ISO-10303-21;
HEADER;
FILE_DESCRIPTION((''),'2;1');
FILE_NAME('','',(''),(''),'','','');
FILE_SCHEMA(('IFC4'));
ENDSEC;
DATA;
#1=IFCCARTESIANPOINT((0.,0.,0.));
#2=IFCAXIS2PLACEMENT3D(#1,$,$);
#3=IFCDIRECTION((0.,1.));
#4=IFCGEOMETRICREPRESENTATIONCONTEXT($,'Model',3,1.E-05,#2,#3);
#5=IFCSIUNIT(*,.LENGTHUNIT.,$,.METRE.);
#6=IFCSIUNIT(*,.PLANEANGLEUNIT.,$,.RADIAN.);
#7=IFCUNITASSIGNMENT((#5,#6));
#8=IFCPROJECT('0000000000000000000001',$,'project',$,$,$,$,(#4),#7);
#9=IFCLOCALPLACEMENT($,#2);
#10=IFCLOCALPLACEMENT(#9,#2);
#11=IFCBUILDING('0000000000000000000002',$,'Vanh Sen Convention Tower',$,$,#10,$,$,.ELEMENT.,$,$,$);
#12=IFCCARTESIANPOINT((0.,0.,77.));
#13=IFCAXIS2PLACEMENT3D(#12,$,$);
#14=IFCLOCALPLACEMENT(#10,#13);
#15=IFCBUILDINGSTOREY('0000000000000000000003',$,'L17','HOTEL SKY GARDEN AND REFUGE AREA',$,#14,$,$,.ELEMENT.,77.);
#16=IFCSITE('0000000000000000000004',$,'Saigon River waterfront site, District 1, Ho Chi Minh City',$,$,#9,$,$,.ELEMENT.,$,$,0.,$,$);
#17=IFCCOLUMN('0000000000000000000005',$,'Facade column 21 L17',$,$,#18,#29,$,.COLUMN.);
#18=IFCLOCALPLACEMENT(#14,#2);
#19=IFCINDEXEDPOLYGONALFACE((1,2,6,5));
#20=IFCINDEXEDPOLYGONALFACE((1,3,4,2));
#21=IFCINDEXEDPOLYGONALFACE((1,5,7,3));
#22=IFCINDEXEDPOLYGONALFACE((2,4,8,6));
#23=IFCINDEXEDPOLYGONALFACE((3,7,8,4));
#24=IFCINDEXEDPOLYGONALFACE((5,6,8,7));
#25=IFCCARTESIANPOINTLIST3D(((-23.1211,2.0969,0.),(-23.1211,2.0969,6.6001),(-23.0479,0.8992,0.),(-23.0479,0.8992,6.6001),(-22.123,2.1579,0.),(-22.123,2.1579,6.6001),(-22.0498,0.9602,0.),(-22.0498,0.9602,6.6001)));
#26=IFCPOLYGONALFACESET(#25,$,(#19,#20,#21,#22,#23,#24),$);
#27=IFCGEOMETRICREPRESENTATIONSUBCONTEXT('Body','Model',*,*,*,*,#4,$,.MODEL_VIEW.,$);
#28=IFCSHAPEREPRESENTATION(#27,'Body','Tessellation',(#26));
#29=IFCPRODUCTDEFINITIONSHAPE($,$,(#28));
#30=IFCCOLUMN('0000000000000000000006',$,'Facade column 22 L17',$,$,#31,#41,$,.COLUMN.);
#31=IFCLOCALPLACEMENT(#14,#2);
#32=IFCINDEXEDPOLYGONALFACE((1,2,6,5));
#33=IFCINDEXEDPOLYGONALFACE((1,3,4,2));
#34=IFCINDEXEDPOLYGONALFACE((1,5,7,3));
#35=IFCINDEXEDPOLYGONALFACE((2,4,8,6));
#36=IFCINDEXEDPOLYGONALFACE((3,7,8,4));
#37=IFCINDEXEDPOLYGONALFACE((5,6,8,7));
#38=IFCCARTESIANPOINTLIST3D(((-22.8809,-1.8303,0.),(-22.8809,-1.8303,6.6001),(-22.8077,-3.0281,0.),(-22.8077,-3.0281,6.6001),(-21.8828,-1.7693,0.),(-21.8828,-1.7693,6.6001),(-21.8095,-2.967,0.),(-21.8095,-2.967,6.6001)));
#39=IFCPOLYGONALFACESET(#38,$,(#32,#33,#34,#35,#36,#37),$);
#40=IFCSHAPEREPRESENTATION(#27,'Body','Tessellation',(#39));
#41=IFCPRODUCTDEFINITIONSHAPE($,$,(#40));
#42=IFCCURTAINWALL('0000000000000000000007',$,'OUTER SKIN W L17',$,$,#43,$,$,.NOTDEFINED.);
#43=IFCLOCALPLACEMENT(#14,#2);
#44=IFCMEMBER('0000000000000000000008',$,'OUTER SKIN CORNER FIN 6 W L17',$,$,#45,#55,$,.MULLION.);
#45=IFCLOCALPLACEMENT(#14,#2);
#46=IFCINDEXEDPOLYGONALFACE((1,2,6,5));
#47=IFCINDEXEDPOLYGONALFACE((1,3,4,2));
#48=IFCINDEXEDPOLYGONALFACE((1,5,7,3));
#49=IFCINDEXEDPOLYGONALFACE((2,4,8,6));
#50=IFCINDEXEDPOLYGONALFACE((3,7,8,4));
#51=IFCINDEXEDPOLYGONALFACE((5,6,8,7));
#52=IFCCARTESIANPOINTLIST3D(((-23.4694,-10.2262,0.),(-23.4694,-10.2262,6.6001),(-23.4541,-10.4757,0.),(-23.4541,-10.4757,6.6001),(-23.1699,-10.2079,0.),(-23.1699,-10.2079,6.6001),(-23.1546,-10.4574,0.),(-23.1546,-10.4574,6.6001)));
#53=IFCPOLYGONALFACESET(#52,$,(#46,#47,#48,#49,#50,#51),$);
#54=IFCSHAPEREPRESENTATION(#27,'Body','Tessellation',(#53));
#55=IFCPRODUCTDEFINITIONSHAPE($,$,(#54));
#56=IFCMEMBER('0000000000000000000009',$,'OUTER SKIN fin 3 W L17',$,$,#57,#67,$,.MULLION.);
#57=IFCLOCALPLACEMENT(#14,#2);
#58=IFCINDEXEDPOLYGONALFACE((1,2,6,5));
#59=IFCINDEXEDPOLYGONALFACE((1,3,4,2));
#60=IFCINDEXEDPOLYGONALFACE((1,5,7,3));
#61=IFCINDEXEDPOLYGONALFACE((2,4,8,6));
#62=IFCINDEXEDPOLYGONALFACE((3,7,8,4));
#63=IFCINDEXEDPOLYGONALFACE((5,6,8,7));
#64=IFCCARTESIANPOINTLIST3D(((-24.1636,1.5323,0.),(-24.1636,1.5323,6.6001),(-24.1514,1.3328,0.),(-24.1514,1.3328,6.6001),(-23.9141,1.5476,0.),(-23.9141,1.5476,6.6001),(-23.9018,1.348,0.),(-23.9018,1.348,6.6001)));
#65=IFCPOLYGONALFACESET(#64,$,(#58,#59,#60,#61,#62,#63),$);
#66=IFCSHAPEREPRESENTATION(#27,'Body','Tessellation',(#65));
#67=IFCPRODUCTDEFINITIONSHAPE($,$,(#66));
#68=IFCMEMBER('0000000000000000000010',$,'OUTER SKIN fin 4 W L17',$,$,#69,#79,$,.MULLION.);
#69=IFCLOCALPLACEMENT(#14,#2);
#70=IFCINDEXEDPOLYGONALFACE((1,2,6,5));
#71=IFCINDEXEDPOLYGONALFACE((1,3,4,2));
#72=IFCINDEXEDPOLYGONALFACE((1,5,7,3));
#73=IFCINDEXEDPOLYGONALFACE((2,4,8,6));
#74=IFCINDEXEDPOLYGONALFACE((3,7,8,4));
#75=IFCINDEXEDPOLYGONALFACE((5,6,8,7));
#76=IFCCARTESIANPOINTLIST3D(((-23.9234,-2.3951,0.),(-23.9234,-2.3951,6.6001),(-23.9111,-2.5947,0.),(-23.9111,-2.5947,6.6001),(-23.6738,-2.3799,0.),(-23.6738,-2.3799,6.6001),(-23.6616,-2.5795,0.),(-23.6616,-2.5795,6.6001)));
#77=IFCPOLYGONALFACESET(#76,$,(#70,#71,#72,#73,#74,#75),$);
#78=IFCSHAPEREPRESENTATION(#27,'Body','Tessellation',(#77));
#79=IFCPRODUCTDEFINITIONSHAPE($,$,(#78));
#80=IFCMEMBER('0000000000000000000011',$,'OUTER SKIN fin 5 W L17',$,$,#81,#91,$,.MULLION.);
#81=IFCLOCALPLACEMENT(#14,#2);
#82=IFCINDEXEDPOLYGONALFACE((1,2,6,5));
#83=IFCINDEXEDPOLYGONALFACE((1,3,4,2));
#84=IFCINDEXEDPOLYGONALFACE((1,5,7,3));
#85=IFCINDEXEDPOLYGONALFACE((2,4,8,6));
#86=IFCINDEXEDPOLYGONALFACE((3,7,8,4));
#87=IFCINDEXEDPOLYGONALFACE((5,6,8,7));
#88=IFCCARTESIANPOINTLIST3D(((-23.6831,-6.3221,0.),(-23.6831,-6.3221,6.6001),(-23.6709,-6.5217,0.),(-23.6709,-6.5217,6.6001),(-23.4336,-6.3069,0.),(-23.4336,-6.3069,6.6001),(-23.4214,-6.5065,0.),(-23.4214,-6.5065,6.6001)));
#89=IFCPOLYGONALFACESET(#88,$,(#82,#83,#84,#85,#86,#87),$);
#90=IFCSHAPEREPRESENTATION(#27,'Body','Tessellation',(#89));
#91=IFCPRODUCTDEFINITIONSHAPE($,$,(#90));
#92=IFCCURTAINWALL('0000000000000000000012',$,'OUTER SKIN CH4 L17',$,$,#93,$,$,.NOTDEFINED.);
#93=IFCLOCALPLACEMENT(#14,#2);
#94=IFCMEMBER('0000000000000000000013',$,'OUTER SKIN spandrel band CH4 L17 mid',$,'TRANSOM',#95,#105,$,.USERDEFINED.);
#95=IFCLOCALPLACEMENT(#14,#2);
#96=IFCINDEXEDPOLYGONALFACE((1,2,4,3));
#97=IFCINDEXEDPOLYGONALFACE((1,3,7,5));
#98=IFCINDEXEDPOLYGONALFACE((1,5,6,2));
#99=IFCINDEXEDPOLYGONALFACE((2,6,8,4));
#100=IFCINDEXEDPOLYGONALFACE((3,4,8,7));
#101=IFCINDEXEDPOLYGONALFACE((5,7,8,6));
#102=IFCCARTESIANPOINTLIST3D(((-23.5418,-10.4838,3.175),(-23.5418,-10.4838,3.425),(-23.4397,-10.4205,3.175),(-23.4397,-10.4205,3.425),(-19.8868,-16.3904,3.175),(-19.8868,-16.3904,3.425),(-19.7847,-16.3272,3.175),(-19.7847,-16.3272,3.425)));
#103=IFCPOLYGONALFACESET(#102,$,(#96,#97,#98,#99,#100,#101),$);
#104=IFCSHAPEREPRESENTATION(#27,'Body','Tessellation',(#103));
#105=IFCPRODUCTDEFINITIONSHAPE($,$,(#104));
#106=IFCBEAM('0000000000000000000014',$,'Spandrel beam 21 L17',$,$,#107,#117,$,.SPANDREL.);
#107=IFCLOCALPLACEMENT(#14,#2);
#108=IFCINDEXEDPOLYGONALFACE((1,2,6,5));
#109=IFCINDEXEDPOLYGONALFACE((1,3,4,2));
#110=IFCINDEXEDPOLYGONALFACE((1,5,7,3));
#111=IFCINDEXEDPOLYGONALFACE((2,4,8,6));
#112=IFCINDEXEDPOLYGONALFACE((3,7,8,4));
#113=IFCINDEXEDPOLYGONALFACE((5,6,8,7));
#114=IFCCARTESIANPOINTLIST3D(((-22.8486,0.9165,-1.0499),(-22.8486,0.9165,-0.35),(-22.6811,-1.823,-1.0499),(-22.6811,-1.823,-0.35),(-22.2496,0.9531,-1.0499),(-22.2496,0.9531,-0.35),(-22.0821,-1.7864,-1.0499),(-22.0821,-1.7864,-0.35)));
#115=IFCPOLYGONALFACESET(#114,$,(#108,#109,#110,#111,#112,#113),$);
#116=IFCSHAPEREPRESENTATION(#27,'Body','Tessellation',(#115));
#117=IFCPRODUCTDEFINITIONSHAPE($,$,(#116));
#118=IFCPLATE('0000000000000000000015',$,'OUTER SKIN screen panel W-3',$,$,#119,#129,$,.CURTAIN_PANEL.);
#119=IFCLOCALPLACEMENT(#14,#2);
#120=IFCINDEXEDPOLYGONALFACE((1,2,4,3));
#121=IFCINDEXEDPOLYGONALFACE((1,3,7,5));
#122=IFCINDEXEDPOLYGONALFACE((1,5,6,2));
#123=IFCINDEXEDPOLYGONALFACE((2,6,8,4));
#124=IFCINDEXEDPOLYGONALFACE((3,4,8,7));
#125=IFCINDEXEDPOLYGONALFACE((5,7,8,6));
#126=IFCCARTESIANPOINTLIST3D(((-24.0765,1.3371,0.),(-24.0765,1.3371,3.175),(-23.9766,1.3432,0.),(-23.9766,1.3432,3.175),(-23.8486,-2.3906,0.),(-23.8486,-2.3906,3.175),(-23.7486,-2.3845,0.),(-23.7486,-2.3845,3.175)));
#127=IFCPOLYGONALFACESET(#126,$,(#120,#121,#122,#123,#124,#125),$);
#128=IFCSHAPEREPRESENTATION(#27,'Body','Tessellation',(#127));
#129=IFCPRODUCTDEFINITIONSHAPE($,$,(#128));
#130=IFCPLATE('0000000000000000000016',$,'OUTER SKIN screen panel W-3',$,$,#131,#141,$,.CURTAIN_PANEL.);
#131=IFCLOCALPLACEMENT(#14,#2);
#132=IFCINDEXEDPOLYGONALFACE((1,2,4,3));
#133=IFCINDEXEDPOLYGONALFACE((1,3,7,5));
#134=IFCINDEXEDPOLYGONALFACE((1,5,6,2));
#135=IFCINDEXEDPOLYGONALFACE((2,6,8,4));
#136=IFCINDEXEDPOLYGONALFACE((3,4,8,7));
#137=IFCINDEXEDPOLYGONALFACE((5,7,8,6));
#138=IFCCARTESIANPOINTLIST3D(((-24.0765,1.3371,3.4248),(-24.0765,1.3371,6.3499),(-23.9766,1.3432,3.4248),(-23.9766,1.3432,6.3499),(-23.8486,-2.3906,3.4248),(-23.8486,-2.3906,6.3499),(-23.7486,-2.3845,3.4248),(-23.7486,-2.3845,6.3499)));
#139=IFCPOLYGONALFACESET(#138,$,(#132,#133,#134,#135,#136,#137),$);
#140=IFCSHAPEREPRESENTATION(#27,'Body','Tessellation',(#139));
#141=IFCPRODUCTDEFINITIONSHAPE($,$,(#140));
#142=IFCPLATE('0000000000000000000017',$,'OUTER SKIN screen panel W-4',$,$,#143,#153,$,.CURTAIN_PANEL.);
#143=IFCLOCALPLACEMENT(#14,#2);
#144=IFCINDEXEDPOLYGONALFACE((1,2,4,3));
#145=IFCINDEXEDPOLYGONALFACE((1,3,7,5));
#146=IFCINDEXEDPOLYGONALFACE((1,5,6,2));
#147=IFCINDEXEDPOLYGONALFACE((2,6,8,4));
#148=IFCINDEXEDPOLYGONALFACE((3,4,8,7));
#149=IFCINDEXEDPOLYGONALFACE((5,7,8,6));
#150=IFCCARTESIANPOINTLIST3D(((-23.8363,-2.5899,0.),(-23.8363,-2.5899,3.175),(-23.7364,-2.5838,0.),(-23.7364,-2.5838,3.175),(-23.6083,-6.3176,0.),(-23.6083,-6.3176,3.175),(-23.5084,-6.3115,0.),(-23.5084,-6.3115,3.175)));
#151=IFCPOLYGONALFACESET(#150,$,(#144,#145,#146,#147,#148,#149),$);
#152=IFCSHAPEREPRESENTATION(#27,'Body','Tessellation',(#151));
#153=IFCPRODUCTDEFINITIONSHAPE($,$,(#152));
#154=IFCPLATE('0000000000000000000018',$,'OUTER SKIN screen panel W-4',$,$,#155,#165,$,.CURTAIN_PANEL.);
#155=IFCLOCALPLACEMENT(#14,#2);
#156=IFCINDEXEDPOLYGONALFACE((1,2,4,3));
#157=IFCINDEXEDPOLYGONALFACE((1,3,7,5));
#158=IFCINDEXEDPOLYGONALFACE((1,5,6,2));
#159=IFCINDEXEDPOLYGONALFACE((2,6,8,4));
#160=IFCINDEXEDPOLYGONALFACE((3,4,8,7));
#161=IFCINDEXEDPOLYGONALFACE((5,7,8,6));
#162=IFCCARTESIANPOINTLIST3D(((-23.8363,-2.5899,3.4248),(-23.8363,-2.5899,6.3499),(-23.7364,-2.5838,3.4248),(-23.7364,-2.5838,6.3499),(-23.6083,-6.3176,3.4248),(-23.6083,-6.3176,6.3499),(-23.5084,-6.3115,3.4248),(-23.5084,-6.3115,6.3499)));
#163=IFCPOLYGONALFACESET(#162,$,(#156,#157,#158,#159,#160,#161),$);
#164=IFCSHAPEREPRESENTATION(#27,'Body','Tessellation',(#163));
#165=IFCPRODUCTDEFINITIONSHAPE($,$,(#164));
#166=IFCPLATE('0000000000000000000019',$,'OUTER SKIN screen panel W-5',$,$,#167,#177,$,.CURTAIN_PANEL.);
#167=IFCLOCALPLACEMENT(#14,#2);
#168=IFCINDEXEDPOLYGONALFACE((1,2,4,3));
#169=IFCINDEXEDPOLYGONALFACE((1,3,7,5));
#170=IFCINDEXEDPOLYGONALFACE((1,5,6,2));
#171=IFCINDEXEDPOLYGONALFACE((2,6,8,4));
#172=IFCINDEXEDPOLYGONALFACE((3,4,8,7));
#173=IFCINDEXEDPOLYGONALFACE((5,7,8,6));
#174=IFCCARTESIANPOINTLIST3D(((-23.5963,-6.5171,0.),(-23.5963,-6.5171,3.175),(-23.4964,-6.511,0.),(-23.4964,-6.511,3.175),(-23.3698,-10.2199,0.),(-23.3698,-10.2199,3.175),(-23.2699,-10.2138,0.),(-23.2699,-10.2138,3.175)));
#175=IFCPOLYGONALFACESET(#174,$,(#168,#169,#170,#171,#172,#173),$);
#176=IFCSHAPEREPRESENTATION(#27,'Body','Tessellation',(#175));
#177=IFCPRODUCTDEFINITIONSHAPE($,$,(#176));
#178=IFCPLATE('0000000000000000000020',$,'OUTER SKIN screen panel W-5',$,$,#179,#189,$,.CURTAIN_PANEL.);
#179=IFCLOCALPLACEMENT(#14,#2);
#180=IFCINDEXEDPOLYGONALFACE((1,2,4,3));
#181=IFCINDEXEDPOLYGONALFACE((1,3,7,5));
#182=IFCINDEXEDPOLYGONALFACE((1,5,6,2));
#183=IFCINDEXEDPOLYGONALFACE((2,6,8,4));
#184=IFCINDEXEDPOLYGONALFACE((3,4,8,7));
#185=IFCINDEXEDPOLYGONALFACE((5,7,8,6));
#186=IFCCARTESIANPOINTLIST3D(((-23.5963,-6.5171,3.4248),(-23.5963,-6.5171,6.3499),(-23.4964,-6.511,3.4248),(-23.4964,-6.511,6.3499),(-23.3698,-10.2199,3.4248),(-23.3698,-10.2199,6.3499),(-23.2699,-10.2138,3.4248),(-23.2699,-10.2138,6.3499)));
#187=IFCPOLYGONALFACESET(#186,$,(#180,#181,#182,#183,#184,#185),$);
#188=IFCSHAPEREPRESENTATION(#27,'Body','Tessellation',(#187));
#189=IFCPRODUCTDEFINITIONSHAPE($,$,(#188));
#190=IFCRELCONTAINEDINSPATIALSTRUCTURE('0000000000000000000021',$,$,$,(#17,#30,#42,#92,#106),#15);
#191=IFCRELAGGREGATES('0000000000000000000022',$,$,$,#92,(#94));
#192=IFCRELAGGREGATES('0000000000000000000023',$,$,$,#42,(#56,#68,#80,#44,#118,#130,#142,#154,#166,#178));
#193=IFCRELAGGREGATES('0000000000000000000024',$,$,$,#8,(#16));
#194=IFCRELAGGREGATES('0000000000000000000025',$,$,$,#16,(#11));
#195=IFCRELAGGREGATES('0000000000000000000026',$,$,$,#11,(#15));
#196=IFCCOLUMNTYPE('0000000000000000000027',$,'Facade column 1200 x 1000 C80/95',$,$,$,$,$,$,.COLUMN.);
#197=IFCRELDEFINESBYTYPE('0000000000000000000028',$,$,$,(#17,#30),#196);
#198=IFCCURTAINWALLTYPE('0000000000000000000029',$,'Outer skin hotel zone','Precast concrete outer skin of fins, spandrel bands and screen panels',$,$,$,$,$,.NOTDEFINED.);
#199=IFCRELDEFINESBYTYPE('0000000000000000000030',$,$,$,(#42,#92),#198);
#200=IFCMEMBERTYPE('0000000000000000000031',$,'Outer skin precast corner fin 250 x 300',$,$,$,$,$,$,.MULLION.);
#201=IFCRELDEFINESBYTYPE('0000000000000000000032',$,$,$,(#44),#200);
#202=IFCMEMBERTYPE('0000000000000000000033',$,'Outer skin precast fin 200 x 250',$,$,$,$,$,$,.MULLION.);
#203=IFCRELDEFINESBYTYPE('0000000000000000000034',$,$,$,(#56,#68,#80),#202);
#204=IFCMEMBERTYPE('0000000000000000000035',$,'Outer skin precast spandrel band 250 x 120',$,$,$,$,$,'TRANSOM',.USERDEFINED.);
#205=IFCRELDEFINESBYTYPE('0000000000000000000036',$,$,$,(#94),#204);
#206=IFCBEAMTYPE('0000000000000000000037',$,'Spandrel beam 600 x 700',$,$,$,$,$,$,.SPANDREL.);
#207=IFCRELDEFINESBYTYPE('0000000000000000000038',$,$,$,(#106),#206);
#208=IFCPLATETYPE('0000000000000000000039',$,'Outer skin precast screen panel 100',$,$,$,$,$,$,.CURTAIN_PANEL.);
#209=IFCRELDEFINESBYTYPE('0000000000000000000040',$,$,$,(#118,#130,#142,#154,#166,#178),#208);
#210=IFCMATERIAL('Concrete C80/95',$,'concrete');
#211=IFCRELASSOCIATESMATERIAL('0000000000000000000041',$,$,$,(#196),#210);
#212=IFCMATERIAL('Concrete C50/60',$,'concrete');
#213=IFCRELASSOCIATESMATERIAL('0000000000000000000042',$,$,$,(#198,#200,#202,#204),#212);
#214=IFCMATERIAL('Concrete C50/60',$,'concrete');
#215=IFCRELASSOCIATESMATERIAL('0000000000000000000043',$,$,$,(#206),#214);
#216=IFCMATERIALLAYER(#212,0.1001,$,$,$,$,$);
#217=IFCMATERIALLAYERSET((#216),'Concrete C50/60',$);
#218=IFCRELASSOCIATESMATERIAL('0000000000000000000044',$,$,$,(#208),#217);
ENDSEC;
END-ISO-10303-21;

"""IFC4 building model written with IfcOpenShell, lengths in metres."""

from ifc_helpers import new_model, si_unit, direction, frame, origin, origin_2d, place, context, subcontext, project, spatial, rectangle, extrude, material, layer, layer_set, material_profile, profile_set, type_object, element, aggregate, save


model = new_model("IFC4")

# Units and contexts
model_context = context("Model", 3, precision=1e-05, world=origin(), true_north=direction((0.0, 1.0)))
body_context = subcontext(model_context, "Body", "Model", "MODEL_VIEW")
ifc_project = project(units=[si_unit("LENGTHUNIT", "METRE"), si_unit("PLANEANGLEUNIT", "RADIAN")], contexts=[model_context])

# Site, building, storey
site_placement = place(None, origin())
site = spatial("IfcSite", under=ifc_project, at=site_placement, Name="Saigon River waterfront site, District 1, Ho Chi Minh City", CompositionType="ELEMENT", RefElevation=0.0)
building_placement = place(site_placement, origin())
building = spatial("IfcBuilding", under=site, at=building_placement, Name="Vanh Sen Convention Tower", CompositionType="ELEMENT")
storey_placement = place(building_placement, frame((0.0, 0.0, 77.0)))
storey = spatial("IfcBuildingStorey", under=building, at=storey_placement, Name="L17", Description="HOTEL SKY GARDEN AND REFUGE AREA", CompositionType="ELEMENT", Elevation=77.0)

# Columns
ifc_material_1 = material(Name="Concrete C80/95", Category="concrete")
ifc_material_profile_1 = material_profile(ifc_material_1, rectangle(XDim=1.2, YDim=1.0, at=origin_2d()), Name="RC 1200X1000")
ifc_profile_set_1 = profile_set([ifc_material_profile_1], Name="Concrete C80/95")
column_type = type_object("IfcColumnType", Name="Facade column 1200 x 1000 C80/95", PredefinedType="COLUMN", material=ifc_profile_set_1)
for number, where, z_axis, x_axis, name in (
    (1, (-22.5854, 1.5286, 0.0), (0.0, 0.0, 1.0), (0.061049, -0.998135, 0.0), "Facade column 21 L17"),
    (2, (-22.3452, -2.3987, 0.0), (0.0, 0.0, 1.0), (0.061049, -0.998135, 0.0), "Facade column 22 L17"),
):
    element("IfcColumn", number, at=place(storey_placement, frame(where, z_axis=z_axis, x_axis=x_axis)), inside=storey, type_object=column_type, Name=name, PredefinedType="COLUMN", context=body_context, shape_type="SweptSolid", body=[
        extrude(rectangle(XDim=1.2, YDim=1.0, at=origin_2d()), origin(), (0.0, 0.0, 1.0), 6.6001),
    ])

# Curtain wall, members
ifc_material_2 = material(Name="Concrete C50/60", Category="concrete")
curtain_wall_type = type_object("IfcCurtainWallType", Name="Outer skin hotel zone", Description="Precast concrete outer skin of fins, spandrel bands and screen panels", PredefinedType="NOTDEFINED", material=ifc_material_2)
curtain_wall_1_placement = place(storey_placement, origin())
curtain_wall_1 = element("IfcCurtainWall", 3, at=curtain_wall_1_placement, inside=storey, type_object=curtain_wall_type, Name="OUTER SKIN W L17", PredefinedType="NOTDEFINED")
ifc_material_profile_2 = material_profile(ifc_material_2, rectangle(XDim=0.25, YDim=0.3, at=origin_2d()), Name="Outer skin precast corner fin 250 x 300")
ifc_profile_set_2 = profile_set([ifc_material_profile_2], Name="Concrete C50/60")
member_type_1 = type_object("IfcMemberType", Name="Outer skin precast corner fin 250 x 300", PredefinedType="MULLION", material=ifc_profile_set_2)
member_1_placement = place(storey_placement, frame((-23.312, -10.3418, 0.0), z_axis=(0.0, 0.0, 1.0), x_axis=(0.061049, -0.998135, 0.0)))
member_1 = element("IfcMember", 4, at=member_1_placement, type_object=member_type_1, Name="OUTER SKIN CORNER FIN 6 W L17", PredefinedType="MULLION", context=body_context, shape_type="SweptSolid", body=[
    extrude(rectangle(XDim=0.25, YDim=0.3, at=origin_2d()), origin(), (0.0, 0.0, 1.0), 6.6001),
])
ifc_material_profile_3 = material_profile(ifc_material_2, rectangle(XDim=0.2, YDim=0.25, at=origin_2d()), Name="Outer skin precast fin 200 x 250")
ifc_profile_set_3 = profile_set([ifc_material_profile_3], Name="Concrete C50/60")
member_type_2 = type_object("IfcMemberType", Name="Outer skin precast fin 200 x 250", PredefinedType="MULLION", material=ifc_profile_set_3)
member_2_placement = place(storey_placement, frame((-24.0327, 1.4402, 0.0), z_axis=(0.0, 0.0, 1.0), x_axis=(0.061049, -0.998135, 0.0)))
member_2 = element("IfcMember", 5, at=member_2_placement, type_object=member_type_2, Name="OUTER SKIN fin 3 W L17", PredefinedType="MULLION", context=body_context, shape_type="SweptSolid", body=[
    extrude(rectangle(XDim=0.2, YDim=0.25, at=origin_2d()), origin(), (0.0, 0.0, 1.0), 6.6001),
])
member_3_placement = place(storey_placement, frame((-23.7925, -2.4873, 0.0), z_axis=(0.0, 0.0, 1.0), x_axis=(0.061049, -0.998135, 0.0)))
member_3 = element("IfcMember", 6, at=member_3_placement, type_object=member_type_2, Name="OUTER SKIN fin 4 W L17", PredefinedType="MULLION", context=body_context, shape_type="SweptSolid", body=[
    extrude(rectangle(XDim=0.2, YDim=0.25, at=origin_2d()), origin(), (0.0, 0.0, 1.0), 6.6001),
])
member_4_placement = place(storey_placement, frame((-23.5522, -6.4143, 0.0), z_axis=(0.0, 0.0, 1.0), x_axis=(0.061049, -0.998135, 0.0)))
member_4 = element("IfcMember", 7, at=member_4_placement, type_object=member_type_2, Name="OUTER SKIN fin 5 W L17", PredefinedType="MULLION", context=body_context, shape_type="SweptSolid", body=[
    extrude(rectangle(XDim=0.2, YDim=0.25, at=origin_2d()), origin(), (0.0, 0.0, 1.0), 6.6001),
])

# Curtain wall, member
curtain_wall_2_placement = place(storey_placement, origin())
curtain_wall_2 = element("IfcCurtainWall", 8, at=curtain_wall_2_placement, inside=storey, type_object=curtain_wall_type, Name="OUTER SKIN CH4 L17", PredefinedType="NOTDEFINED")
ifc_material_profile_4 = material_profile(ifc_material_2, rectangle(XDim=0.1201, YDim=0.25, at=origin_2d()), Name="Outer skin precast spandrel band 250 x 120")
ifc_profile_set_4 = profile_set([ifc_material_profile_4], Name="Concrete C50/60")
member_type_3 = type_object("IfcMemberType", Name="Outer skin precast spandrel band 250 x 120", ElementType="TRANSOM", PredefinedType="USERDEFINED", material=ifc_profile_set_4)
member_5_placement = place(storey_placement, frame((-23.4907, -10.4521, 3.3), z_axis=(0.526196, -0.850363, 0.0), x_axis=(0.850363, 0.526196, 0.0)))
member_5 = element("IfcMember", 9, at=member_5_placement, type_object=member_type_3, Name="OUTER SKIN spandrel band CH4 L17 mid", ObjectType="TRANSOM", PredefinedType="USERDEFINED", context=body_context, shape_type="SweptSolid", body=[
    extrude(rectangle(XDim=0.1201, YDim=0.25, at=origin_2d()), origin(), (0.0, 0.0, 1.0), 6.946),
])
aggregate(curtain_wall_2, [member_5])

# Beam
ifc_material_3 = material(Name="Concrete C50/60", Category="concrete")
ifc_material_profile_5 = material_profile(ifc_material_3, rectangle(XDim=0.6001, YDim=0.7, at=origin_2d()), Name="RC 600X700")
ifc_profile_set_5 = profile_set([ifc_material_profile_5], Name="Concrete C50/60")
beam_type = type_object("IfcBeamType", Name="Spandrel beam 600 x 700", PredefinedType="SPANDREL", material=ifc_profile_set_5)
beam_placement = place(storey_placement, frame((-22.5491, 0.9348, -0.7), z_axis=(0.061021, -0.998136, 0.0), x_axis=(0.998136, 0.061021, 0.0)))
element("IfcBeam", 10, at=beam_placement, inside=storey, type_object=beam_type, Name="Spandrel beam 21 L17", PredefinedType="SPANDREL", context=body_context, shape_type="SweptSolid", body=[
    extrude(rectangle(XDim=0.6001, YDim=0.7, at=origin_2d()), origin(), (0.0, 0.0, 1.0), 2.7446),
])

# Plates
ifc_layer = layer(ifc_material_2, 0.1001)
ifc_layer_set = layer_set([ifc_layer], Name="Concrete C50/60")
plate_type = type_object("IfcPlateType", Name="Outer skin precast screen panel 100", PredefinedType="CURTAIN_PANEL", material=ifc_layer_set)
plate_1_placement = place(storey_placement, frame((-23.9126, -0.5237, 0.0), z_axis=(0.0, 0.0, 1.0), x_axis=(0.061047, -0.998135, 0.0)))
plate_1 = element("IfcPlate", 11, at=plate_1_placement, type_object=plate_type, Name="OUTER SKIN screen panel W-3", PredefinedType="CURTAIN_PANEL", context=body_context, shape_type="SweptSolid", body=[
    extrude(rectangle(XDim=3.7346, YDim=0.1001, at=origin_2d()), origin(), (0.0, 0.0, 1.0), 3.175),
])
plate_2_placement = place(storey_placement, frame((-23.9126, -0.5237, 3.4248), z_axis=(0.0, 0.0, 1.0), x_axis=(0.061047, -0.998135, 0.0)))
plate_2 = element("IfcPlate", 12, at=plate_2_placement, type_object=plate_type, Name="OUTER SKIN screen panel W-3", PredefinedType="CURTAIN_PANEL", context=body_context, shape_type="SweptSolid", body=[
    extrude(rectangle(XDim=3.7346, YDim=0.1001, at=origin_2d()), origin(), (0.0, 0.0, 1.0), 2.925),
])
plate_3_placement = place(storey_placement, frame((-23.6724, -4.4507, 0.0), z_axis=(0.0, 0.0, 1.0), x_axis=(0.061049, -0.998135, 0.0)))
plate_3 = element("IfcPlate", 13, at=plate_3_placement, type_object=plate_type, Name="OUTER SKIN screen panel W-4", PredefinedType="CURTAIN_PANEL", context=body_context, shape_type="SweptSolid", body=[
    extrude(rectangle(XDim=3.7346, YDim=0.1001, at=origin_2d()), origin(), (0.0, 0.0, 1.0), 3.175),
])
plate_4_placement = place(storey_placement, frame((-23.6724, -4.4507, 3.4248), z_axis=(0.0, 0.0, 1.0), x_axis=(0.061049, -0.998135, 0.0)))
plate_4 = element("IfcPlate", 14, at=plate_4_placement, type_object=plate_type, Name="OUTER SKIN screen panel W-4", PredefinedType="CURTAIN_PANEL", context=body_context, shape_type="SweptSolid", body=[
    extrude(rectangle(XDim=3.7346, YDim=0.1001, at=origin_2d()), origin(), (0.0, 0.0, 1.0), 2.925),
])
plate_5_placement = place(storey_placement, frame((-23.4331, -8.3655, 0.0), z_axis=(0.0, 0.0, 1.0), x_axis=(0.061047, -0.998135, 0.0)))
plate_5 = element("IfcPlate", 15, at=plate_5_placement, type_object=plate_type, Name="OUTER SKIN screen panel W-5", PredefinedType="CURTAIN_PANEL", context=body_context, shape_type="SweptSolid", body=[
    extrude(rectangle(XDim=3.7097, YDim=0.1001, at=origin_2d()), origin(), (0.0, 0.0, 1.0), 3.175),
])
plate_6_placement = place(storey_placement, frame((-23.4331, -8.3655, 3.4248), z_axis=(0.0, 0.0, 1.0), x_axis=(0.061047, -0.998135, 0.0)))
plate_6 = element("IfcPlate", 16, at=plate_6_placement, type_object=plate_type, Name="OUTER SKIN screen panel W-5", PredefinedType="CURTAIN_PANEL", context=body_context, shape_type="SweptSolid", body=[
    extrude(rectangle(XDim=3.7097, YDim=0.1001, at=origin_2d()), origin(), (0.0, 0.0, 1.0), 2.925),
])
aggregate(curtain_wall_1, [member_2, member_3, member_4, member_1, plate_1, plate_2, plate_3, plate_4, plate_5, plate_6])

save(model, "model.ifc")
